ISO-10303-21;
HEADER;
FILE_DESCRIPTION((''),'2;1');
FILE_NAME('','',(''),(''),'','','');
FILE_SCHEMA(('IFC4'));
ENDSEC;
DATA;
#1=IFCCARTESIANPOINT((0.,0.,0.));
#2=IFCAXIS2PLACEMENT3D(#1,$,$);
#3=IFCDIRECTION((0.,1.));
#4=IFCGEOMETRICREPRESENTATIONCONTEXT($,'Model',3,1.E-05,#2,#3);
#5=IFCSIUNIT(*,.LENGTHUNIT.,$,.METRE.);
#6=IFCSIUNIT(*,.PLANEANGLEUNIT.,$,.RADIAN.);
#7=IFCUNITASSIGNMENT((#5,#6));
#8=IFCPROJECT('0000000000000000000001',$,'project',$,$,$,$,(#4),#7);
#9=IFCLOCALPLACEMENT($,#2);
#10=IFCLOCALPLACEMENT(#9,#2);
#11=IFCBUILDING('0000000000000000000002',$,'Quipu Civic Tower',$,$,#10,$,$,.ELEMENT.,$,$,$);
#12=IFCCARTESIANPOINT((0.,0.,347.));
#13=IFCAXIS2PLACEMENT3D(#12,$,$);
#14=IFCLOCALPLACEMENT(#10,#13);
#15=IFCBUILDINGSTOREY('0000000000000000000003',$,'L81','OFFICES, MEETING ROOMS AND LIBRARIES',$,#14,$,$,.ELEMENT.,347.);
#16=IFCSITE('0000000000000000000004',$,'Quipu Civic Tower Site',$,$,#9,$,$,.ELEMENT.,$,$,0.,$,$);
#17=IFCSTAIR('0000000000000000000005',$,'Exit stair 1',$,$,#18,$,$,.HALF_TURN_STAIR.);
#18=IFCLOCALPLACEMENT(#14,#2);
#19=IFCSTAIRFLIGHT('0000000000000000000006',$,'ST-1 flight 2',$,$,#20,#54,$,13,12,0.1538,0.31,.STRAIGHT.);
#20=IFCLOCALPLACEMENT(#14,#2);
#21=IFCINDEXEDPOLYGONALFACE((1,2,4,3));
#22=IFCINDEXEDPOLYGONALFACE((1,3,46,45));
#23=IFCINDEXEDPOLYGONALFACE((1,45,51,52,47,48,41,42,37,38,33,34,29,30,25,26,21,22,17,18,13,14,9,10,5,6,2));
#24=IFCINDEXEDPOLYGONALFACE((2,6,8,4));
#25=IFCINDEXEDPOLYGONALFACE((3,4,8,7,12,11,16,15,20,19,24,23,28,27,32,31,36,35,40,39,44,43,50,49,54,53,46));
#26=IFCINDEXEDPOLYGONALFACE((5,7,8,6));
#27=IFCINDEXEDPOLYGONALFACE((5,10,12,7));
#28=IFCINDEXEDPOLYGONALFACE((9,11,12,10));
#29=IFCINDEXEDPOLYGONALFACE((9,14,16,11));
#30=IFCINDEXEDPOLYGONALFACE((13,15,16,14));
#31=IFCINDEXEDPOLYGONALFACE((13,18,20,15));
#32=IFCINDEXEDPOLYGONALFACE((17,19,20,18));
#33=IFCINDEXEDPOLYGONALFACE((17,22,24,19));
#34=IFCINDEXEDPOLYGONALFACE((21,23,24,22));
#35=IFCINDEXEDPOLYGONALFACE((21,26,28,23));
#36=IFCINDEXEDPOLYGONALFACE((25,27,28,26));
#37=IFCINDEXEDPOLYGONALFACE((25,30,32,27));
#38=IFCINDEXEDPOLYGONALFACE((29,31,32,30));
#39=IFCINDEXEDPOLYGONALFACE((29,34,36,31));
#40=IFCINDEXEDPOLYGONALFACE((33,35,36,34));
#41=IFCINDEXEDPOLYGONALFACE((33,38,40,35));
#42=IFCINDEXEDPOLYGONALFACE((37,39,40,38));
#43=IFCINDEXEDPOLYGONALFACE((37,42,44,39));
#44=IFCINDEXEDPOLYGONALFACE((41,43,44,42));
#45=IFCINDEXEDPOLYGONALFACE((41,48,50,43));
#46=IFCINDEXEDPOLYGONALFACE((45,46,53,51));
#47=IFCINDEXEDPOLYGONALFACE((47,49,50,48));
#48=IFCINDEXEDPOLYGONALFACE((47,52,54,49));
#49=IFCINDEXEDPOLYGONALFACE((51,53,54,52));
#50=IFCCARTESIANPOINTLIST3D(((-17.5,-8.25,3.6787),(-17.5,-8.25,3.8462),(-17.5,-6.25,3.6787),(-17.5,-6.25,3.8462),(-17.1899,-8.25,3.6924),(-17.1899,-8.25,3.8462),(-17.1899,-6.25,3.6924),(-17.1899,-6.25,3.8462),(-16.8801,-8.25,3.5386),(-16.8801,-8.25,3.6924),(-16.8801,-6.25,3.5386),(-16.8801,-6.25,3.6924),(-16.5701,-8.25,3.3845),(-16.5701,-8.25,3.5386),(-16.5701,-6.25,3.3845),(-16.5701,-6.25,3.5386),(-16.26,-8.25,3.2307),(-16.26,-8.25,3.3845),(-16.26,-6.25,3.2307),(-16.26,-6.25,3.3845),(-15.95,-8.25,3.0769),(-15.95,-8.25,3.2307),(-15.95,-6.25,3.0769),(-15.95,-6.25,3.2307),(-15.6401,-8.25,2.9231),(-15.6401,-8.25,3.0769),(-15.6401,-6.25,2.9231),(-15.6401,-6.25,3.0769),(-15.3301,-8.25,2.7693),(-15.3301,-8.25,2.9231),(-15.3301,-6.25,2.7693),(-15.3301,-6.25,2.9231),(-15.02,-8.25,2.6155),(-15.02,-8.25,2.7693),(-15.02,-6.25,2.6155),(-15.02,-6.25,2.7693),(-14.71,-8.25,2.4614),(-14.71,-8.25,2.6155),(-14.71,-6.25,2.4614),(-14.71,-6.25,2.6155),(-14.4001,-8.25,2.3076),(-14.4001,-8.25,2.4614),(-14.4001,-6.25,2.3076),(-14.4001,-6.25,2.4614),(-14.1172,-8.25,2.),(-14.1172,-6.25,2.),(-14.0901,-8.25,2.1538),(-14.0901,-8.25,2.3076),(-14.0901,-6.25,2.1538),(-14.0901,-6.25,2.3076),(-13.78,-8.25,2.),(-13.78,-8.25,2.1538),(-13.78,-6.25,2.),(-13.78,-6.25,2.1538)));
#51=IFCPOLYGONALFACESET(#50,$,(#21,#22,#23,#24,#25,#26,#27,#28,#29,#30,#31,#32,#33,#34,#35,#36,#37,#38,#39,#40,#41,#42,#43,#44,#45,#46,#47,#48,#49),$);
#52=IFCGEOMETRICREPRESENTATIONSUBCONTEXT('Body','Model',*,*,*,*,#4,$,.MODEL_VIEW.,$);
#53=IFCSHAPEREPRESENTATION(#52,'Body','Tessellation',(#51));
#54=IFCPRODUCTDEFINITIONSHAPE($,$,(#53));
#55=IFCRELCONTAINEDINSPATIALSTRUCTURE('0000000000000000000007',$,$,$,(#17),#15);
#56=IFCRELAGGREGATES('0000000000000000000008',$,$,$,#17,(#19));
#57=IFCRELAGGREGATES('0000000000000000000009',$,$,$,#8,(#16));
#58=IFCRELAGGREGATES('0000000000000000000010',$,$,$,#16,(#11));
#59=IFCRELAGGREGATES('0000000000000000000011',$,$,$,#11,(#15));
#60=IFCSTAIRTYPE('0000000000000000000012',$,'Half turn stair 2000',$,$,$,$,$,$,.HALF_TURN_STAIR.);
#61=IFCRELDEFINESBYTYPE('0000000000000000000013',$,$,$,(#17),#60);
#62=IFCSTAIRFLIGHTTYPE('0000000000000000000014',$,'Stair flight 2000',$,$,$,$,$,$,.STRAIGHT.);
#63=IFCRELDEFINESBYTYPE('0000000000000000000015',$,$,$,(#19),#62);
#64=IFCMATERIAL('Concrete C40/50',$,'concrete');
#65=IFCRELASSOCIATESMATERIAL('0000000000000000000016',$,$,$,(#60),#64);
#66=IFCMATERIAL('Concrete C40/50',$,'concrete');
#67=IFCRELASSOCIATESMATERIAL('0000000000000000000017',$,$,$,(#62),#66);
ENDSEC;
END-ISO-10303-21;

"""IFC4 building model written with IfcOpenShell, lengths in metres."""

from ifc_helpers import new_model, si_unit, direction, frame, origin, place, context, subcontext, project, spatial, polyline, outline, extrude, material, type_object, element, aggregate, save


model = new_model("IFC4")

# Units and contexts
model_context = context("Model", 3, precision=1e-05, world=origin(), true_north=direction((0.0, 1.0)))
body_context = subcontext(model_context, "Body", "Model", "MODEL_VIEW")
ifc_project = project(units=[si_unit("LENGTHUNIT", "METRE"), si_unit("PLANEANGLEUNIT", "RADIAN")], contexts=[model_context])

# Site, building, storey
site_placement = place(None, origin())
site = spatial("IfcSite", under=ifc_project, at=site_placement, Name="Quipu Civic Tower Site", CompositionType="ELEMENT", RefElevation=0.0)
building_placement = place(site_placement, origin())
building = spatial("IfcBuilding", under=site, at=building_placement, Name="Quipu Civic Tower", CompositionType="ELEMENT")
storey_placement = place(building_placement, frame((0.0, 0.0, 347.0)))
storey = spatial("IfcBuildingStorey", under=building, at=storey_placement, Name="L81", Description="OFFICES, MEETING ROOMS AND LIBRARIES", CompositionType="ELEMENT", Elevation=347.0)

# Stair, stair flight
ifc_material_1 = material(Name="Concrete C40/50", Category="concrete")
stair_type = type_object("IfcStairType", Name="Half turn stair 2000", PredefinedType="HALF_TURN_STAIR", material=ifc_material_1)
stair_placement = place(storey_placement, origin())
stair = element("IfcStair", 1, at=stair_placement, inside=storey, type_object=stair_type, Name="Exit stair 1", PredefinedType="HALF_TURN_STAIR")
ifc_material_2 = material(Name="Concrete C40/50", Category="concrete")
stair_flight_type = type_object("IfcStairFlightType", Name="Stair flight 2000", PredefinedType="STRAIGHT", material=ifc_material_2)
stair_flight_1_placement = place(storey_placement, frame((-13.78, -7.25, 2.0), z_axis=(0.0, 0.0, 1.0), x_axis=(-1.0, 0.0, 0.0)))
stair_flight_1 = element("IfcStairFlight", 2, at=stair_flight_1_placement, type_object=stair_flight_type, Name="ST-1 flight 2", NumberOfRisers=13, NumberOfTreads=12, PredefinedType="STRAIGHT", RiserHeight=0.1538, TreadLength=0.31, context=body_context, shape_type="SweptSolid", body=[
    extrude(outline(polyline([(0.0, 0.0), (0.0, 0.1538), (0.3101, 0.1538), (0.3101, 0.3076), (0.6201, 0.3076), (0.6201, 0.4614), (0.9299, 0.4614), (0.9299, 0.6155), (1.24, 0.6155), (1.24, 0.7693), (1.55, 0.7693), (1.55, 0.9231), (1.8601, 0.9231), (1.8601, 1.0769), (2.1699, 1.0769), (2.1699, 1.2307), (2.48, 1.2307), (2.48, 1.3845), (2.79, 1.3845), (2.79, 1.5386), (3.1001, 1.5386), (3.1001, 1.6924), (3.4099, 1.6924), (3.4099, 1.8462), (3.72, 1.8462), (3.72, 2.0), (3.72, 1.6787), (0.3372, 0.0), (0.0, 0.0)])), frame((0.0, 1.0, 0.0), z_axis=(0.0, -1.0, 0.0), x_axis=(1.0, 0.0, 0.0)), (0.0, 0.0, 1.0), 2.0),
])
aggregate(stair, [stair_flight_1])

save(model, "model.ifc")
